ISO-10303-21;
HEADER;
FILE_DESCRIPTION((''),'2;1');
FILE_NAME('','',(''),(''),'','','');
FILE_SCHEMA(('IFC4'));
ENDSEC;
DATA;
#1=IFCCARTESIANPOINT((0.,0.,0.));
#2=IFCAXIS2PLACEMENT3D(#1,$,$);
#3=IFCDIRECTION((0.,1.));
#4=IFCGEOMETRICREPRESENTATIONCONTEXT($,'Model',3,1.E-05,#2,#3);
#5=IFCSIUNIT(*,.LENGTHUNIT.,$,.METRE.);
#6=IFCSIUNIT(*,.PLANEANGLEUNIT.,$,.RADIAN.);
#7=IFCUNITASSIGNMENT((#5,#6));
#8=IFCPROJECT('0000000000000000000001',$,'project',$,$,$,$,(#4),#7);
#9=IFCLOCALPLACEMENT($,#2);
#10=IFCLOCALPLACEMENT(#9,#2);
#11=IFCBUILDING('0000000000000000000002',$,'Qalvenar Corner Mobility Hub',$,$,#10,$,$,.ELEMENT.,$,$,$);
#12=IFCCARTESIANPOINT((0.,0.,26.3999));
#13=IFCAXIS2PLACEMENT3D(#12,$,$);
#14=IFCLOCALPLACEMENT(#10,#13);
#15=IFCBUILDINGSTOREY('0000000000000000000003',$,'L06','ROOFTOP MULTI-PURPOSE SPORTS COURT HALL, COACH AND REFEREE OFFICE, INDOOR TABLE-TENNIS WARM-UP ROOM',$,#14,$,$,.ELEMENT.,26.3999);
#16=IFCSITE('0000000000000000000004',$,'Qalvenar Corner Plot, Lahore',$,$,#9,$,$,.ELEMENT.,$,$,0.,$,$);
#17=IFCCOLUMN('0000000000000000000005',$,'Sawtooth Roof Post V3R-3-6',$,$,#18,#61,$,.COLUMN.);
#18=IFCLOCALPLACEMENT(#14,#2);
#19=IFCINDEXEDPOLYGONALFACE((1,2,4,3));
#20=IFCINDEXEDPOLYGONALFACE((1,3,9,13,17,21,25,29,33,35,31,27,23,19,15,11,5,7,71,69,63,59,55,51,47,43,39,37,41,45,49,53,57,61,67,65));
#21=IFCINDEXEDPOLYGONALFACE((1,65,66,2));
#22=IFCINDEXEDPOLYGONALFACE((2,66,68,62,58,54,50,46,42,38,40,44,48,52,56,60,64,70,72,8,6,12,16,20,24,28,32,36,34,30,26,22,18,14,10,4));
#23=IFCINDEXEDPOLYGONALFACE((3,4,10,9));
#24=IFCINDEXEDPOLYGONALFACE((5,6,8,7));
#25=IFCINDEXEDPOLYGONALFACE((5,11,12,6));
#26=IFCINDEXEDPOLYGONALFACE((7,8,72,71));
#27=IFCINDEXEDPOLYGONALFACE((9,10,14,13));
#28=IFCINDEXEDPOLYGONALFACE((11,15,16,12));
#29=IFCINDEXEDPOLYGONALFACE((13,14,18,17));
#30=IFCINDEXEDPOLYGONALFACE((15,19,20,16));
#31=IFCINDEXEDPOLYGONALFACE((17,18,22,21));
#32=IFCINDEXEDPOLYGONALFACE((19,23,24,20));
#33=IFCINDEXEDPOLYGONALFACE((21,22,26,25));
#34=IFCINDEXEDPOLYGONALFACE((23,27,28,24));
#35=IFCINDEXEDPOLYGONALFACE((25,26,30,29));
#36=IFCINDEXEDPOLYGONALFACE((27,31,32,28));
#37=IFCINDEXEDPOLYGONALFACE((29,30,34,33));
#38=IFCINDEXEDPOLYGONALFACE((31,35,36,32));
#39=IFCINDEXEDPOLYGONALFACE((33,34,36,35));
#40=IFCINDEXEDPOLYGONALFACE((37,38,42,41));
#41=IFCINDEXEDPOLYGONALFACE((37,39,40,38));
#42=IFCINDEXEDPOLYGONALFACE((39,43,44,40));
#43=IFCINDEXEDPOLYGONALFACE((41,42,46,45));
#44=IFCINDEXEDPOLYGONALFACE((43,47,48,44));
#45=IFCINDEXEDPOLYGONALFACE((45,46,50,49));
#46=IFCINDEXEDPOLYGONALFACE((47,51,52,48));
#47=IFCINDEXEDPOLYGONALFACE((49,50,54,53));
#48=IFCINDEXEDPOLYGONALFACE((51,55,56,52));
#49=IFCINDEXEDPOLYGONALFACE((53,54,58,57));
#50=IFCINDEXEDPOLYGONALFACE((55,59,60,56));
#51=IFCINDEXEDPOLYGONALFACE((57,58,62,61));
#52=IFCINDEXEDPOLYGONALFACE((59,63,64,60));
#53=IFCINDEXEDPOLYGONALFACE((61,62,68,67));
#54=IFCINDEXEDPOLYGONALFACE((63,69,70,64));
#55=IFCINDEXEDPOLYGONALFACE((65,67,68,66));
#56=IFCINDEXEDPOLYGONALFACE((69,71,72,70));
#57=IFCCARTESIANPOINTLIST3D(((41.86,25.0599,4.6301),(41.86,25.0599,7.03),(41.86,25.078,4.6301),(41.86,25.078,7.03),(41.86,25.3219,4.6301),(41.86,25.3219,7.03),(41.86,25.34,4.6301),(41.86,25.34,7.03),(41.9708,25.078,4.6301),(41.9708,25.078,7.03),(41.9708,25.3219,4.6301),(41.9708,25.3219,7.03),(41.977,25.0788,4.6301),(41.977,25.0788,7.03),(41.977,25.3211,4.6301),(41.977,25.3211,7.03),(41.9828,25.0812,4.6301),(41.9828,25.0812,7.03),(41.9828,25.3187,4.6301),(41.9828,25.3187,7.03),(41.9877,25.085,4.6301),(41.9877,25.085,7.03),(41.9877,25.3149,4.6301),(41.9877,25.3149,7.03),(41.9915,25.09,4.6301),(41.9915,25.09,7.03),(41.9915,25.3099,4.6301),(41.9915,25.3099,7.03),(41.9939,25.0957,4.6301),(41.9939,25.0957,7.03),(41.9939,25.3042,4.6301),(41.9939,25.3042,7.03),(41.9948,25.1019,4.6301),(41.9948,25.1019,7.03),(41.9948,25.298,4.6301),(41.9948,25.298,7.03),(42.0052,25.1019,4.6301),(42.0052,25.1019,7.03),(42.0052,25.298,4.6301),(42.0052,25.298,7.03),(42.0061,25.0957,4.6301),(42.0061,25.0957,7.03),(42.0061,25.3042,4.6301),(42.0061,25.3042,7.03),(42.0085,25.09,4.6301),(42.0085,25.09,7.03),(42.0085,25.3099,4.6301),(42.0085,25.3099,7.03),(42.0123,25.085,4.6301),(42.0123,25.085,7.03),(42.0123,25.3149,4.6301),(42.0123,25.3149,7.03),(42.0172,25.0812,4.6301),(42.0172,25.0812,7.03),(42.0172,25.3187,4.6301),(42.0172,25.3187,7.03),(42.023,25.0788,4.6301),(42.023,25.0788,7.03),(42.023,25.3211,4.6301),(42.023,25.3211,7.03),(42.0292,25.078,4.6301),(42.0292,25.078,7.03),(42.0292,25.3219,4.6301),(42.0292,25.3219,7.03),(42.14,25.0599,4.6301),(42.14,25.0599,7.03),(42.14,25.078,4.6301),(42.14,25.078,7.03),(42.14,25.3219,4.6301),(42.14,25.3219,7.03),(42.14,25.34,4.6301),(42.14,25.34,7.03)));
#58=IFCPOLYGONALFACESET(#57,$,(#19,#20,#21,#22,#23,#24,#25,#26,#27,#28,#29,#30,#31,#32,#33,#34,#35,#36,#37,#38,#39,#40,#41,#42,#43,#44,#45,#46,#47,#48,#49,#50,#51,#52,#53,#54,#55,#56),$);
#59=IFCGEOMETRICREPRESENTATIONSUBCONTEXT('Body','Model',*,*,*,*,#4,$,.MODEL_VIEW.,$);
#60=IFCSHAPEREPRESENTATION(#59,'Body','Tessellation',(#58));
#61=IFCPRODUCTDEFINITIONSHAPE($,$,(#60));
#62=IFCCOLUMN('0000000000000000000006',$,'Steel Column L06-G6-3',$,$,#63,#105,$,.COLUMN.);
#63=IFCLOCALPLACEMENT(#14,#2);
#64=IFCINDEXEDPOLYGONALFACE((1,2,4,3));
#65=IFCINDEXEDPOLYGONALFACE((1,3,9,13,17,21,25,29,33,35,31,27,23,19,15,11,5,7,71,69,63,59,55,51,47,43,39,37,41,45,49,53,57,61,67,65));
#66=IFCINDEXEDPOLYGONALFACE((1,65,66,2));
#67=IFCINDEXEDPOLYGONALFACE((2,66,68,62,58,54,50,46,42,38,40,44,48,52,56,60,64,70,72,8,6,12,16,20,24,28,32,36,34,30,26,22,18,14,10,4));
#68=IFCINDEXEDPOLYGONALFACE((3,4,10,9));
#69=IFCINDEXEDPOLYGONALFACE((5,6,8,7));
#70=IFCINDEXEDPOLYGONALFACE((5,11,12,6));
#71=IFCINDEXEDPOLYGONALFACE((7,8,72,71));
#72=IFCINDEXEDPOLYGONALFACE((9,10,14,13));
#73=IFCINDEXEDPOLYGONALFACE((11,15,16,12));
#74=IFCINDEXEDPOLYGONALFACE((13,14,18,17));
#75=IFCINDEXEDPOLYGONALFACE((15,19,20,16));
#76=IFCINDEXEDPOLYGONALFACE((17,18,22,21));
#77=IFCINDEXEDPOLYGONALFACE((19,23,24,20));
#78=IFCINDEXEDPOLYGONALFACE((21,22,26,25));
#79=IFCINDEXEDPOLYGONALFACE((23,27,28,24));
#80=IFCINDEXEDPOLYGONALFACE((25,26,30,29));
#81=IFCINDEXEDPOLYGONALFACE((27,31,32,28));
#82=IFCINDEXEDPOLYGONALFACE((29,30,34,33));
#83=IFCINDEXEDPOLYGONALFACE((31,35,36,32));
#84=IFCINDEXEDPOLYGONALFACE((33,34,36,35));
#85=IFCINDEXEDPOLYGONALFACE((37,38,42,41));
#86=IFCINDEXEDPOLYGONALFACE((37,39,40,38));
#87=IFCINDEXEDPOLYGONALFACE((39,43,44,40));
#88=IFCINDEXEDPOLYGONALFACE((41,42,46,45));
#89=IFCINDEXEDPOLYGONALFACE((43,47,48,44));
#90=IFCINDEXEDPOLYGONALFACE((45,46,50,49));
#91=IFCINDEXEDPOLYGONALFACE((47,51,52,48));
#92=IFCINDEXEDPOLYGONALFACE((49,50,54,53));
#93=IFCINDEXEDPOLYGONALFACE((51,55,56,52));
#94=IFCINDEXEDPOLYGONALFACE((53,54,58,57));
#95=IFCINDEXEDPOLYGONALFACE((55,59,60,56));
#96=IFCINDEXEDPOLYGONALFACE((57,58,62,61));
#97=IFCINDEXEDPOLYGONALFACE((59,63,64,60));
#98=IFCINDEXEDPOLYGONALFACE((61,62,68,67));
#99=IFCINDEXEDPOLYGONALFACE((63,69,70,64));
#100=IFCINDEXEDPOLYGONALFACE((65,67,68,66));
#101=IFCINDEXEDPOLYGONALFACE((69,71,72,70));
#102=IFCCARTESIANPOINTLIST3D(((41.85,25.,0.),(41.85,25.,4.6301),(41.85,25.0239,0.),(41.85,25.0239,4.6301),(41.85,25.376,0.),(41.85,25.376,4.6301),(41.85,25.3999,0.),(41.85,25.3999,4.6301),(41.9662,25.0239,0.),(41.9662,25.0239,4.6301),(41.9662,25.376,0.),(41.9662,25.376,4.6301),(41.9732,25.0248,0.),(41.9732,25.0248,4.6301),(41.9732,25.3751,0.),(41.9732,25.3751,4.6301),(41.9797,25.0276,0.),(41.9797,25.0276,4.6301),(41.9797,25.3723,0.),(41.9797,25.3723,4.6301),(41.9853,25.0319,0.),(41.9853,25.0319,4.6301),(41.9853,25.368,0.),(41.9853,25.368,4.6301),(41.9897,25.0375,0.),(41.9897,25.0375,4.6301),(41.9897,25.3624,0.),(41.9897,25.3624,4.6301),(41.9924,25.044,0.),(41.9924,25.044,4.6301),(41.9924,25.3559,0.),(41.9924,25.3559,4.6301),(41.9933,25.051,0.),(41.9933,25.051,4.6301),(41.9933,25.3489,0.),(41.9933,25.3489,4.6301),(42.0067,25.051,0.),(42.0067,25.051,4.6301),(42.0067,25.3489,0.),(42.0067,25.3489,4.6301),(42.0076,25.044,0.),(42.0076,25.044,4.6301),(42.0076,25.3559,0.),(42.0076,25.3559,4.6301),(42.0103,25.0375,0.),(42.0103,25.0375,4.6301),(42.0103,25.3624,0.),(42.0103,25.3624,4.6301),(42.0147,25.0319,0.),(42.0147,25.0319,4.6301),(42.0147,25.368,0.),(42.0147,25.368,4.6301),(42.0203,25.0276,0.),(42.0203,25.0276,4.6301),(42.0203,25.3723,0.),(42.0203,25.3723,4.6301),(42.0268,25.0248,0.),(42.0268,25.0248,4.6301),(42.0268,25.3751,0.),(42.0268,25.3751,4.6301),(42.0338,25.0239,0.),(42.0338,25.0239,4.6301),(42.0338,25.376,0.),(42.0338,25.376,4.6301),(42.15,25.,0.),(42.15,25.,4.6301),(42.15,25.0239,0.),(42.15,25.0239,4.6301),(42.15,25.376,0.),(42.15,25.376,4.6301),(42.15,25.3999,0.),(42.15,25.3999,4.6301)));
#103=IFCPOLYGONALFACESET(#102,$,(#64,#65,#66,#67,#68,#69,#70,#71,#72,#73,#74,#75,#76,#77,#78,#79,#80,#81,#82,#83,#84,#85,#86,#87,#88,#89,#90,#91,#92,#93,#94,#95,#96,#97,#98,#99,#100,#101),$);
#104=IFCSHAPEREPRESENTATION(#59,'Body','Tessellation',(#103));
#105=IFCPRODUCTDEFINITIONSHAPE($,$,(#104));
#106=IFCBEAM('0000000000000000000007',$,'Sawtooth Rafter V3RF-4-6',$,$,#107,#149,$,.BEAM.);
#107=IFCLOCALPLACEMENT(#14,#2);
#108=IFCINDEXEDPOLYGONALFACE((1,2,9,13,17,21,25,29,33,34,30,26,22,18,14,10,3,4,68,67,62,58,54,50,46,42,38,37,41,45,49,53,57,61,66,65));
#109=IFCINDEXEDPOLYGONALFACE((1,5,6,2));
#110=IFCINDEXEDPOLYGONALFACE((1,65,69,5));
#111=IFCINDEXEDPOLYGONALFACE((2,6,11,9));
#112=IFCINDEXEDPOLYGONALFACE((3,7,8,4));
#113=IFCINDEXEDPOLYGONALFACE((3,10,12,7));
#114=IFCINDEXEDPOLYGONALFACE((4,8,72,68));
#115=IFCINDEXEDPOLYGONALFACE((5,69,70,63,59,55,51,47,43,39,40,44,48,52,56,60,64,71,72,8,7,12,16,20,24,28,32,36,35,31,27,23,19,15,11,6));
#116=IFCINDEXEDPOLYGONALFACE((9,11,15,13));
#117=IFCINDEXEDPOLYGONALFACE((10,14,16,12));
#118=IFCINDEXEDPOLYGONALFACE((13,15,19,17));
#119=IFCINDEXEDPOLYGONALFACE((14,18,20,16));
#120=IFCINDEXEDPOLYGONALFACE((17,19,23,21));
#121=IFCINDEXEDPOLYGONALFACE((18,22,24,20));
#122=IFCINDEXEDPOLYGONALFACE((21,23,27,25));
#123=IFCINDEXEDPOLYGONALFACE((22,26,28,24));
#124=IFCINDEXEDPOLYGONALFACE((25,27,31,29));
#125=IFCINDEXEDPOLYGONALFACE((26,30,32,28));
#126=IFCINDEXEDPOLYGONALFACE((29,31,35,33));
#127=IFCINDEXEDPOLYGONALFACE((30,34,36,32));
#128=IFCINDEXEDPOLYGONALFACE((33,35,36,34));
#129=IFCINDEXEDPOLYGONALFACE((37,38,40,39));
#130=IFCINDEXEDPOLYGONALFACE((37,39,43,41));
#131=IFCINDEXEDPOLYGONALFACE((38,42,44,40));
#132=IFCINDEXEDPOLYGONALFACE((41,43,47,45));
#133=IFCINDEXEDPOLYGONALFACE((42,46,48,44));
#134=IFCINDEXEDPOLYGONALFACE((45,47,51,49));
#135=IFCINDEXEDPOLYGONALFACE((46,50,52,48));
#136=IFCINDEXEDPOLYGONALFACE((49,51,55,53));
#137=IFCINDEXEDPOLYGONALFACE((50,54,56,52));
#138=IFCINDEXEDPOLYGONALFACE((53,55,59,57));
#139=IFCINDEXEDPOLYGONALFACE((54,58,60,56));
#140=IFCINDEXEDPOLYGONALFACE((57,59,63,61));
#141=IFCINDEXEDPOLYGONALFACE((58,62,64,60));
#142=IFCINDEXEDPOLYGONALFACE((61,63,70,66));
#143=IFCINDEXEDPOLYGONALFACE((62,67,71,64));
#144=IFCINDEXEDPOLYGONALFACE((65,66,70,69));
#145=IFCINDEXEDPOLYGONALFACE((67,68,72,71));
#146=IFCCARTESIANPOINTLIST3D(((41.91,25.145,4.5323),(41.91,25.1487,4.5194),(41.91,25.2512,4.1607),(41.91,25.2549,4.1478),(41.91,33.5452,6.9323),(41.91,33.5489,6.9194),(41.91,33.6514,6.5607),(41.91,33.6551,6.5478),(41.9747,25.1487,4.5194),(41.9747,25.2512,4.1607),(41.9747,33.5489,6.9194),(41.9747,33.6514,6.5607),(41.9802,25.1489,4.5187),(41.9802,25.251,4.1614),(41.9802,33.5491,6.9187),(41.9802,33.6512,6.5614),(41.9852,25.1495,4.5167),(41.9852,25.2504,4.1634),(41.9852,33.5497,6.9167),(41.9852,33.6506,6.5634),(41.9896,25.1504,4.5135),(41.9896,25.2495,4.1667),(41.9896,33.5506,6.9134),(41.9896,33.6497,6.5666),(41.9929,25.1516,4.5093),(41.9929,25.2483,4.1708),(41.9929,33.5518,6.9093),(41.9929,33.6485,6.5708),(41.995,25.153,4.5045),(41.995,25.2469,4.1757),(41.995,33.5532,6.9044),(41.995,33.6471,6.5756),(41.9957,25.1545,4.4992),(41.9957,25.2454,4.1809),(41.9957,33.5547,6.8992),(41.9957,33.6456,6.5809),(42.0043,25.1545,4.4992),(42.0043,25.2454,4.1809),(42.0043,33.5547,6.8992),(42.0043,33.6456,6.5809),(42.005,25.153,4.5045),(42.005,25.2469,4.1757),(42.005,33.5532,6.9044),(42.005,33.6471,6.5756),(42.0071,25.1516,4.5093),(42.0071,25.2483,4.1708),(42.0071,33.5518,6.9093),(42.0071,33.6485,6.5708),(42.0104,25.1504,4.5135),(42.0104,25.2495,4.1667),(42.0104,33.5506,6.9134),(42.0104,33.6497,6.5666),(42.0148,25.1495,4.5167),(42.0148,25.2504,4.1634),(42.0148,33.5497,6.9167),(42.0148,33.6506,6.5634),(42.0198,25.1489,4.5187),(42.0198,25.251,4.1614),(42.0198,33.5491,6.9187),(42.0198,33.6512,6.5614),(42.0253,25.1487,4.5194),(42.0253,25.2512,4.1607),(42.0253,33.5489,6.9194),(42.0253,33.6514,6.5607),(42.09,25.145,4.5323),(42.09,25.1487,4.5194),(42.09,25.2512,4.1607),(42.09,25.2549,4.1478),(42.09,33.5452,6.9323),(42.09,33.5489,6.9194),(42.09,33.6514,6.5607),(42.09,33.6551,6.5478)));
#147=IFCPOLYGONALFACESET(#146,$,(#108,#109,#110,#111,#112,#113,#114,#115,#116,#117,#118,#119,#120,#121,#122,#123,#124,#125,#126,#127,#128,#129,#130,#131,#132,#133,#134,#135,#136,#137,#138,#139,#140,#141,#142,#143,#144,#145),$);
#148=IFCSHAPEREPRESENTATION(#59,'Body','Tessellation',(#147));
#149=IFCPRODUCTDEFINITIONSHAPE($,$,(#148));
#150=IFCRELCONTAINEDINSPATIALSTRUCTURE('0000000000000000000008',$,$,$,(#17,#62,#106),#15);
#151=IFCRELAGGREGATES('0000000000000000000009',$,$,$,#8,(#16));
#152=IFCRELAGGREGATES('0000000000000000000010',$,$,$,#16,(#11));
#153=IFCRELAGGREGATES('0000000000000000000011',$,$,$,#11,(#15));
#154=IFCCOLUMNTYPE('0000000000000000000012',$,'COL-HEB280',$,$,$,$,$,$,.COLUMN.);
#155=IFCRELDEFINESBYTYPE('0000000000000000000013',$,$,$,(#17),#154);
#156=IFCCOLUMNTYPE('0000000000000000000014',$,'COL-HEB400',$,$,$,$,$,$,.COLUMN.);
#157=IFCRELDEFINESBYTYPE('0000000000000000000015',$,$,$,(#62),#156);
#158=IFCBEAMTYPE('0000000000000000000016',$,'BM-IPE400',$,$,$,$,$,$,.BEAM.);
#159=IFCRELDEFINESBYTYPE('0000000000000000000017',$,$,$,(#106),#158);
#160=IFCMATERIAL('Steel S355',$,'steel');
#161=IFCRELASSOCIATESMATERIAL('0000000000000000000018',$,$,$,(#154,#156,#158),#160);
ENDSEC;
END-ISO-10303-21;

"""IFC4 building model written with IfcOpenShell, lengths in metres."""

from ifc_helpers import new_model, si_unit, direction, frame, origin, origin_2d, place, context, subcontext, project, spatial, i_section, extrude, material, material_profile, profile_set, type_object, element, save


model = new_model("IFC4")

# Units and contexts
model_context = context("Model", 3, precision=1e-05, world=origin(), true_north=direction((0.0, 1.0)))
body_context = subcontext(model_context, "Body", "Model", "MODEL_VIEW")
ifc_project = project(units=[si_unit("LENGTHUNIT", "METRE"), si_unit("PLANEANGLEUNIT", "RADIAN")], contexts=[model_context])

# Site, building, storey
site_placement = place(None, origin())
site = spatial("IfcSite", under=ifc_project, at=site_placement, Name="Qalvenar Corner Plot, Lahore", CompositionType="ELEMENT", RefElevation=0.0)
building_placement = place(site_placement, origin())
building = spatial("IfcBuilding", under=site, at=building_placement, Name="Qalvenar Corner Mobility Hub", CompositionType="ELEMENT")
storey_placement = place(building_placement, frame((0.0, 0.0, 26.3999)))
storey = spatial("IfcBuildingStorey", under=building, at=storey_placement, Name="L06", Description="ROOFTOP MULTI-PURPOSE SPORTS COURT HALL, COACH AND REFEREE OFFICE, INDOOR TABLE-TENNIS WARM-UP ROOM", CompositionType="ELEMENT", Elevation=26.3999)

# Columns
ifc_material_1 = material(Name="Steel S355", Category="steel")
ifc_material_profile_1 = material_profile(ifc_material_1, i_section(OverallWidth=0.28, OverallDepth=0.28, WebThickness=0.0105, FlangeThickness=0.0181, FilletRadius=0.0239, at=origin_2d()), Name="HEB280")
ifc_profile_set_1 = profile_set([ifc_material_profile_1], Name="Steel S355")
column_type_1 = type_object("IfcColumnType", Name="COL-HEB280", PredefinedType="COLUMN", material=ifc_profile_set_1)
column_1_placement = place(storey_placement, frame((42.0, 25.2, 4.6301), z_axis=(0.0, 0.0, 1.0), x_axis=(1.0, 0.0, 0.0)))
element("IfcColumn", 1, at=column_1_placement, inside=storey, type_object=column_type_1, Name="Sawtooth Roof Post V3R-3-6", PredefinedType="COLUMN", context=body_context, shape_type="SweptSolid", body=[
    extrude(i_section(OverallWidth=0.28, OverallDepth=0.28, WebThickness=0.0105, FlangeThickness=0.0181, FilletRadius=0.0239, at=origin_2d()), origin(), (0.0, 0.0, 1.0), 2.3999),
])
ifc_material_profile_2 = material_profile(ifc_material_1, i_section(OverallWidth=0.3, OverallDepth=0.3999, WebThickness=0.0134, FlangeThickness=0.0239, FilletRadius=0.0271, at=origin_2d()), Name="HEB400")
ifc_profile_set_2 = profile_set([ifc_material_profile_2], Name="Steel S355")
column_type_2 = type_object("IfcColumnType", Name="COL-HEB400", PredefinedType="COLUMN", material=ifc_profile_set_2)
column_2_placement = place(storey_placement, frame((42.0, 25.2, 0.0), z_axis=(0.0, 0.0, 1.0), x_axis=(1.0, 0.0, 0.0)))
element("IfcColumn", 2, at=column_2_placement, inside=storey, type_object=column_type_2, Name="Steel Column L06-G6-3", PredefinedType="COLUMN", context=body_context, shape_type="SweptSolid", body=[
    extrude(i_section(OverallWidth=0.3, OverallDepth=0.3999, WebThickness=0.0134, FlangeThickness=0.0239, FilletRadius=0.0271, at=origin_2d()), origin(), (0.0, 0.0, 1.0), 4.6301),
])

# Beam
ifc_material_profile_3 = material_profile(ifc_material_1, i_section(OverallWidth=0.1799, OverallDepth=0.3999, WebThickness=0.0085, FlangeThickness=0.0134, FilletRadius=0.021, at=origin_2d()), Name="IPE400")
ifc_profile_set_3 = profile_set([ifc_material_profile_3], Name="Steel S355")
beam_type_1 = type_object("IfcBeamType", Name="BM-IPE400", PredefinedType="BEAM", material=ifc_profile_set_3)
beam_1_placement = place(storey_placement, frame((42.0, 25.2, 4.3401), z_axis=(0.0, 0.961528, 0.274706), x_axis=(-1.0, 0.0, 0.0)))
element("IfcBeam", 3, at=beam_1_placement, inside=storey, type_object=beam_type_1, Name="Sawtooth Rafter V3RF-4-6", PredefinedType="BEAM", context=body_context, shape_type="SweptSolid", body=[
    extrude(i_section(OverallWidth=0.1799, OverallDepth=0.3999, WebThickness=0.0085, FlangeThickness=0.0134, FilletRadius=0.021, at=origin_2d()), origin(), (0.0, 0.0, 1.0), 8.7363),
])

save(model, "model.ifc")
